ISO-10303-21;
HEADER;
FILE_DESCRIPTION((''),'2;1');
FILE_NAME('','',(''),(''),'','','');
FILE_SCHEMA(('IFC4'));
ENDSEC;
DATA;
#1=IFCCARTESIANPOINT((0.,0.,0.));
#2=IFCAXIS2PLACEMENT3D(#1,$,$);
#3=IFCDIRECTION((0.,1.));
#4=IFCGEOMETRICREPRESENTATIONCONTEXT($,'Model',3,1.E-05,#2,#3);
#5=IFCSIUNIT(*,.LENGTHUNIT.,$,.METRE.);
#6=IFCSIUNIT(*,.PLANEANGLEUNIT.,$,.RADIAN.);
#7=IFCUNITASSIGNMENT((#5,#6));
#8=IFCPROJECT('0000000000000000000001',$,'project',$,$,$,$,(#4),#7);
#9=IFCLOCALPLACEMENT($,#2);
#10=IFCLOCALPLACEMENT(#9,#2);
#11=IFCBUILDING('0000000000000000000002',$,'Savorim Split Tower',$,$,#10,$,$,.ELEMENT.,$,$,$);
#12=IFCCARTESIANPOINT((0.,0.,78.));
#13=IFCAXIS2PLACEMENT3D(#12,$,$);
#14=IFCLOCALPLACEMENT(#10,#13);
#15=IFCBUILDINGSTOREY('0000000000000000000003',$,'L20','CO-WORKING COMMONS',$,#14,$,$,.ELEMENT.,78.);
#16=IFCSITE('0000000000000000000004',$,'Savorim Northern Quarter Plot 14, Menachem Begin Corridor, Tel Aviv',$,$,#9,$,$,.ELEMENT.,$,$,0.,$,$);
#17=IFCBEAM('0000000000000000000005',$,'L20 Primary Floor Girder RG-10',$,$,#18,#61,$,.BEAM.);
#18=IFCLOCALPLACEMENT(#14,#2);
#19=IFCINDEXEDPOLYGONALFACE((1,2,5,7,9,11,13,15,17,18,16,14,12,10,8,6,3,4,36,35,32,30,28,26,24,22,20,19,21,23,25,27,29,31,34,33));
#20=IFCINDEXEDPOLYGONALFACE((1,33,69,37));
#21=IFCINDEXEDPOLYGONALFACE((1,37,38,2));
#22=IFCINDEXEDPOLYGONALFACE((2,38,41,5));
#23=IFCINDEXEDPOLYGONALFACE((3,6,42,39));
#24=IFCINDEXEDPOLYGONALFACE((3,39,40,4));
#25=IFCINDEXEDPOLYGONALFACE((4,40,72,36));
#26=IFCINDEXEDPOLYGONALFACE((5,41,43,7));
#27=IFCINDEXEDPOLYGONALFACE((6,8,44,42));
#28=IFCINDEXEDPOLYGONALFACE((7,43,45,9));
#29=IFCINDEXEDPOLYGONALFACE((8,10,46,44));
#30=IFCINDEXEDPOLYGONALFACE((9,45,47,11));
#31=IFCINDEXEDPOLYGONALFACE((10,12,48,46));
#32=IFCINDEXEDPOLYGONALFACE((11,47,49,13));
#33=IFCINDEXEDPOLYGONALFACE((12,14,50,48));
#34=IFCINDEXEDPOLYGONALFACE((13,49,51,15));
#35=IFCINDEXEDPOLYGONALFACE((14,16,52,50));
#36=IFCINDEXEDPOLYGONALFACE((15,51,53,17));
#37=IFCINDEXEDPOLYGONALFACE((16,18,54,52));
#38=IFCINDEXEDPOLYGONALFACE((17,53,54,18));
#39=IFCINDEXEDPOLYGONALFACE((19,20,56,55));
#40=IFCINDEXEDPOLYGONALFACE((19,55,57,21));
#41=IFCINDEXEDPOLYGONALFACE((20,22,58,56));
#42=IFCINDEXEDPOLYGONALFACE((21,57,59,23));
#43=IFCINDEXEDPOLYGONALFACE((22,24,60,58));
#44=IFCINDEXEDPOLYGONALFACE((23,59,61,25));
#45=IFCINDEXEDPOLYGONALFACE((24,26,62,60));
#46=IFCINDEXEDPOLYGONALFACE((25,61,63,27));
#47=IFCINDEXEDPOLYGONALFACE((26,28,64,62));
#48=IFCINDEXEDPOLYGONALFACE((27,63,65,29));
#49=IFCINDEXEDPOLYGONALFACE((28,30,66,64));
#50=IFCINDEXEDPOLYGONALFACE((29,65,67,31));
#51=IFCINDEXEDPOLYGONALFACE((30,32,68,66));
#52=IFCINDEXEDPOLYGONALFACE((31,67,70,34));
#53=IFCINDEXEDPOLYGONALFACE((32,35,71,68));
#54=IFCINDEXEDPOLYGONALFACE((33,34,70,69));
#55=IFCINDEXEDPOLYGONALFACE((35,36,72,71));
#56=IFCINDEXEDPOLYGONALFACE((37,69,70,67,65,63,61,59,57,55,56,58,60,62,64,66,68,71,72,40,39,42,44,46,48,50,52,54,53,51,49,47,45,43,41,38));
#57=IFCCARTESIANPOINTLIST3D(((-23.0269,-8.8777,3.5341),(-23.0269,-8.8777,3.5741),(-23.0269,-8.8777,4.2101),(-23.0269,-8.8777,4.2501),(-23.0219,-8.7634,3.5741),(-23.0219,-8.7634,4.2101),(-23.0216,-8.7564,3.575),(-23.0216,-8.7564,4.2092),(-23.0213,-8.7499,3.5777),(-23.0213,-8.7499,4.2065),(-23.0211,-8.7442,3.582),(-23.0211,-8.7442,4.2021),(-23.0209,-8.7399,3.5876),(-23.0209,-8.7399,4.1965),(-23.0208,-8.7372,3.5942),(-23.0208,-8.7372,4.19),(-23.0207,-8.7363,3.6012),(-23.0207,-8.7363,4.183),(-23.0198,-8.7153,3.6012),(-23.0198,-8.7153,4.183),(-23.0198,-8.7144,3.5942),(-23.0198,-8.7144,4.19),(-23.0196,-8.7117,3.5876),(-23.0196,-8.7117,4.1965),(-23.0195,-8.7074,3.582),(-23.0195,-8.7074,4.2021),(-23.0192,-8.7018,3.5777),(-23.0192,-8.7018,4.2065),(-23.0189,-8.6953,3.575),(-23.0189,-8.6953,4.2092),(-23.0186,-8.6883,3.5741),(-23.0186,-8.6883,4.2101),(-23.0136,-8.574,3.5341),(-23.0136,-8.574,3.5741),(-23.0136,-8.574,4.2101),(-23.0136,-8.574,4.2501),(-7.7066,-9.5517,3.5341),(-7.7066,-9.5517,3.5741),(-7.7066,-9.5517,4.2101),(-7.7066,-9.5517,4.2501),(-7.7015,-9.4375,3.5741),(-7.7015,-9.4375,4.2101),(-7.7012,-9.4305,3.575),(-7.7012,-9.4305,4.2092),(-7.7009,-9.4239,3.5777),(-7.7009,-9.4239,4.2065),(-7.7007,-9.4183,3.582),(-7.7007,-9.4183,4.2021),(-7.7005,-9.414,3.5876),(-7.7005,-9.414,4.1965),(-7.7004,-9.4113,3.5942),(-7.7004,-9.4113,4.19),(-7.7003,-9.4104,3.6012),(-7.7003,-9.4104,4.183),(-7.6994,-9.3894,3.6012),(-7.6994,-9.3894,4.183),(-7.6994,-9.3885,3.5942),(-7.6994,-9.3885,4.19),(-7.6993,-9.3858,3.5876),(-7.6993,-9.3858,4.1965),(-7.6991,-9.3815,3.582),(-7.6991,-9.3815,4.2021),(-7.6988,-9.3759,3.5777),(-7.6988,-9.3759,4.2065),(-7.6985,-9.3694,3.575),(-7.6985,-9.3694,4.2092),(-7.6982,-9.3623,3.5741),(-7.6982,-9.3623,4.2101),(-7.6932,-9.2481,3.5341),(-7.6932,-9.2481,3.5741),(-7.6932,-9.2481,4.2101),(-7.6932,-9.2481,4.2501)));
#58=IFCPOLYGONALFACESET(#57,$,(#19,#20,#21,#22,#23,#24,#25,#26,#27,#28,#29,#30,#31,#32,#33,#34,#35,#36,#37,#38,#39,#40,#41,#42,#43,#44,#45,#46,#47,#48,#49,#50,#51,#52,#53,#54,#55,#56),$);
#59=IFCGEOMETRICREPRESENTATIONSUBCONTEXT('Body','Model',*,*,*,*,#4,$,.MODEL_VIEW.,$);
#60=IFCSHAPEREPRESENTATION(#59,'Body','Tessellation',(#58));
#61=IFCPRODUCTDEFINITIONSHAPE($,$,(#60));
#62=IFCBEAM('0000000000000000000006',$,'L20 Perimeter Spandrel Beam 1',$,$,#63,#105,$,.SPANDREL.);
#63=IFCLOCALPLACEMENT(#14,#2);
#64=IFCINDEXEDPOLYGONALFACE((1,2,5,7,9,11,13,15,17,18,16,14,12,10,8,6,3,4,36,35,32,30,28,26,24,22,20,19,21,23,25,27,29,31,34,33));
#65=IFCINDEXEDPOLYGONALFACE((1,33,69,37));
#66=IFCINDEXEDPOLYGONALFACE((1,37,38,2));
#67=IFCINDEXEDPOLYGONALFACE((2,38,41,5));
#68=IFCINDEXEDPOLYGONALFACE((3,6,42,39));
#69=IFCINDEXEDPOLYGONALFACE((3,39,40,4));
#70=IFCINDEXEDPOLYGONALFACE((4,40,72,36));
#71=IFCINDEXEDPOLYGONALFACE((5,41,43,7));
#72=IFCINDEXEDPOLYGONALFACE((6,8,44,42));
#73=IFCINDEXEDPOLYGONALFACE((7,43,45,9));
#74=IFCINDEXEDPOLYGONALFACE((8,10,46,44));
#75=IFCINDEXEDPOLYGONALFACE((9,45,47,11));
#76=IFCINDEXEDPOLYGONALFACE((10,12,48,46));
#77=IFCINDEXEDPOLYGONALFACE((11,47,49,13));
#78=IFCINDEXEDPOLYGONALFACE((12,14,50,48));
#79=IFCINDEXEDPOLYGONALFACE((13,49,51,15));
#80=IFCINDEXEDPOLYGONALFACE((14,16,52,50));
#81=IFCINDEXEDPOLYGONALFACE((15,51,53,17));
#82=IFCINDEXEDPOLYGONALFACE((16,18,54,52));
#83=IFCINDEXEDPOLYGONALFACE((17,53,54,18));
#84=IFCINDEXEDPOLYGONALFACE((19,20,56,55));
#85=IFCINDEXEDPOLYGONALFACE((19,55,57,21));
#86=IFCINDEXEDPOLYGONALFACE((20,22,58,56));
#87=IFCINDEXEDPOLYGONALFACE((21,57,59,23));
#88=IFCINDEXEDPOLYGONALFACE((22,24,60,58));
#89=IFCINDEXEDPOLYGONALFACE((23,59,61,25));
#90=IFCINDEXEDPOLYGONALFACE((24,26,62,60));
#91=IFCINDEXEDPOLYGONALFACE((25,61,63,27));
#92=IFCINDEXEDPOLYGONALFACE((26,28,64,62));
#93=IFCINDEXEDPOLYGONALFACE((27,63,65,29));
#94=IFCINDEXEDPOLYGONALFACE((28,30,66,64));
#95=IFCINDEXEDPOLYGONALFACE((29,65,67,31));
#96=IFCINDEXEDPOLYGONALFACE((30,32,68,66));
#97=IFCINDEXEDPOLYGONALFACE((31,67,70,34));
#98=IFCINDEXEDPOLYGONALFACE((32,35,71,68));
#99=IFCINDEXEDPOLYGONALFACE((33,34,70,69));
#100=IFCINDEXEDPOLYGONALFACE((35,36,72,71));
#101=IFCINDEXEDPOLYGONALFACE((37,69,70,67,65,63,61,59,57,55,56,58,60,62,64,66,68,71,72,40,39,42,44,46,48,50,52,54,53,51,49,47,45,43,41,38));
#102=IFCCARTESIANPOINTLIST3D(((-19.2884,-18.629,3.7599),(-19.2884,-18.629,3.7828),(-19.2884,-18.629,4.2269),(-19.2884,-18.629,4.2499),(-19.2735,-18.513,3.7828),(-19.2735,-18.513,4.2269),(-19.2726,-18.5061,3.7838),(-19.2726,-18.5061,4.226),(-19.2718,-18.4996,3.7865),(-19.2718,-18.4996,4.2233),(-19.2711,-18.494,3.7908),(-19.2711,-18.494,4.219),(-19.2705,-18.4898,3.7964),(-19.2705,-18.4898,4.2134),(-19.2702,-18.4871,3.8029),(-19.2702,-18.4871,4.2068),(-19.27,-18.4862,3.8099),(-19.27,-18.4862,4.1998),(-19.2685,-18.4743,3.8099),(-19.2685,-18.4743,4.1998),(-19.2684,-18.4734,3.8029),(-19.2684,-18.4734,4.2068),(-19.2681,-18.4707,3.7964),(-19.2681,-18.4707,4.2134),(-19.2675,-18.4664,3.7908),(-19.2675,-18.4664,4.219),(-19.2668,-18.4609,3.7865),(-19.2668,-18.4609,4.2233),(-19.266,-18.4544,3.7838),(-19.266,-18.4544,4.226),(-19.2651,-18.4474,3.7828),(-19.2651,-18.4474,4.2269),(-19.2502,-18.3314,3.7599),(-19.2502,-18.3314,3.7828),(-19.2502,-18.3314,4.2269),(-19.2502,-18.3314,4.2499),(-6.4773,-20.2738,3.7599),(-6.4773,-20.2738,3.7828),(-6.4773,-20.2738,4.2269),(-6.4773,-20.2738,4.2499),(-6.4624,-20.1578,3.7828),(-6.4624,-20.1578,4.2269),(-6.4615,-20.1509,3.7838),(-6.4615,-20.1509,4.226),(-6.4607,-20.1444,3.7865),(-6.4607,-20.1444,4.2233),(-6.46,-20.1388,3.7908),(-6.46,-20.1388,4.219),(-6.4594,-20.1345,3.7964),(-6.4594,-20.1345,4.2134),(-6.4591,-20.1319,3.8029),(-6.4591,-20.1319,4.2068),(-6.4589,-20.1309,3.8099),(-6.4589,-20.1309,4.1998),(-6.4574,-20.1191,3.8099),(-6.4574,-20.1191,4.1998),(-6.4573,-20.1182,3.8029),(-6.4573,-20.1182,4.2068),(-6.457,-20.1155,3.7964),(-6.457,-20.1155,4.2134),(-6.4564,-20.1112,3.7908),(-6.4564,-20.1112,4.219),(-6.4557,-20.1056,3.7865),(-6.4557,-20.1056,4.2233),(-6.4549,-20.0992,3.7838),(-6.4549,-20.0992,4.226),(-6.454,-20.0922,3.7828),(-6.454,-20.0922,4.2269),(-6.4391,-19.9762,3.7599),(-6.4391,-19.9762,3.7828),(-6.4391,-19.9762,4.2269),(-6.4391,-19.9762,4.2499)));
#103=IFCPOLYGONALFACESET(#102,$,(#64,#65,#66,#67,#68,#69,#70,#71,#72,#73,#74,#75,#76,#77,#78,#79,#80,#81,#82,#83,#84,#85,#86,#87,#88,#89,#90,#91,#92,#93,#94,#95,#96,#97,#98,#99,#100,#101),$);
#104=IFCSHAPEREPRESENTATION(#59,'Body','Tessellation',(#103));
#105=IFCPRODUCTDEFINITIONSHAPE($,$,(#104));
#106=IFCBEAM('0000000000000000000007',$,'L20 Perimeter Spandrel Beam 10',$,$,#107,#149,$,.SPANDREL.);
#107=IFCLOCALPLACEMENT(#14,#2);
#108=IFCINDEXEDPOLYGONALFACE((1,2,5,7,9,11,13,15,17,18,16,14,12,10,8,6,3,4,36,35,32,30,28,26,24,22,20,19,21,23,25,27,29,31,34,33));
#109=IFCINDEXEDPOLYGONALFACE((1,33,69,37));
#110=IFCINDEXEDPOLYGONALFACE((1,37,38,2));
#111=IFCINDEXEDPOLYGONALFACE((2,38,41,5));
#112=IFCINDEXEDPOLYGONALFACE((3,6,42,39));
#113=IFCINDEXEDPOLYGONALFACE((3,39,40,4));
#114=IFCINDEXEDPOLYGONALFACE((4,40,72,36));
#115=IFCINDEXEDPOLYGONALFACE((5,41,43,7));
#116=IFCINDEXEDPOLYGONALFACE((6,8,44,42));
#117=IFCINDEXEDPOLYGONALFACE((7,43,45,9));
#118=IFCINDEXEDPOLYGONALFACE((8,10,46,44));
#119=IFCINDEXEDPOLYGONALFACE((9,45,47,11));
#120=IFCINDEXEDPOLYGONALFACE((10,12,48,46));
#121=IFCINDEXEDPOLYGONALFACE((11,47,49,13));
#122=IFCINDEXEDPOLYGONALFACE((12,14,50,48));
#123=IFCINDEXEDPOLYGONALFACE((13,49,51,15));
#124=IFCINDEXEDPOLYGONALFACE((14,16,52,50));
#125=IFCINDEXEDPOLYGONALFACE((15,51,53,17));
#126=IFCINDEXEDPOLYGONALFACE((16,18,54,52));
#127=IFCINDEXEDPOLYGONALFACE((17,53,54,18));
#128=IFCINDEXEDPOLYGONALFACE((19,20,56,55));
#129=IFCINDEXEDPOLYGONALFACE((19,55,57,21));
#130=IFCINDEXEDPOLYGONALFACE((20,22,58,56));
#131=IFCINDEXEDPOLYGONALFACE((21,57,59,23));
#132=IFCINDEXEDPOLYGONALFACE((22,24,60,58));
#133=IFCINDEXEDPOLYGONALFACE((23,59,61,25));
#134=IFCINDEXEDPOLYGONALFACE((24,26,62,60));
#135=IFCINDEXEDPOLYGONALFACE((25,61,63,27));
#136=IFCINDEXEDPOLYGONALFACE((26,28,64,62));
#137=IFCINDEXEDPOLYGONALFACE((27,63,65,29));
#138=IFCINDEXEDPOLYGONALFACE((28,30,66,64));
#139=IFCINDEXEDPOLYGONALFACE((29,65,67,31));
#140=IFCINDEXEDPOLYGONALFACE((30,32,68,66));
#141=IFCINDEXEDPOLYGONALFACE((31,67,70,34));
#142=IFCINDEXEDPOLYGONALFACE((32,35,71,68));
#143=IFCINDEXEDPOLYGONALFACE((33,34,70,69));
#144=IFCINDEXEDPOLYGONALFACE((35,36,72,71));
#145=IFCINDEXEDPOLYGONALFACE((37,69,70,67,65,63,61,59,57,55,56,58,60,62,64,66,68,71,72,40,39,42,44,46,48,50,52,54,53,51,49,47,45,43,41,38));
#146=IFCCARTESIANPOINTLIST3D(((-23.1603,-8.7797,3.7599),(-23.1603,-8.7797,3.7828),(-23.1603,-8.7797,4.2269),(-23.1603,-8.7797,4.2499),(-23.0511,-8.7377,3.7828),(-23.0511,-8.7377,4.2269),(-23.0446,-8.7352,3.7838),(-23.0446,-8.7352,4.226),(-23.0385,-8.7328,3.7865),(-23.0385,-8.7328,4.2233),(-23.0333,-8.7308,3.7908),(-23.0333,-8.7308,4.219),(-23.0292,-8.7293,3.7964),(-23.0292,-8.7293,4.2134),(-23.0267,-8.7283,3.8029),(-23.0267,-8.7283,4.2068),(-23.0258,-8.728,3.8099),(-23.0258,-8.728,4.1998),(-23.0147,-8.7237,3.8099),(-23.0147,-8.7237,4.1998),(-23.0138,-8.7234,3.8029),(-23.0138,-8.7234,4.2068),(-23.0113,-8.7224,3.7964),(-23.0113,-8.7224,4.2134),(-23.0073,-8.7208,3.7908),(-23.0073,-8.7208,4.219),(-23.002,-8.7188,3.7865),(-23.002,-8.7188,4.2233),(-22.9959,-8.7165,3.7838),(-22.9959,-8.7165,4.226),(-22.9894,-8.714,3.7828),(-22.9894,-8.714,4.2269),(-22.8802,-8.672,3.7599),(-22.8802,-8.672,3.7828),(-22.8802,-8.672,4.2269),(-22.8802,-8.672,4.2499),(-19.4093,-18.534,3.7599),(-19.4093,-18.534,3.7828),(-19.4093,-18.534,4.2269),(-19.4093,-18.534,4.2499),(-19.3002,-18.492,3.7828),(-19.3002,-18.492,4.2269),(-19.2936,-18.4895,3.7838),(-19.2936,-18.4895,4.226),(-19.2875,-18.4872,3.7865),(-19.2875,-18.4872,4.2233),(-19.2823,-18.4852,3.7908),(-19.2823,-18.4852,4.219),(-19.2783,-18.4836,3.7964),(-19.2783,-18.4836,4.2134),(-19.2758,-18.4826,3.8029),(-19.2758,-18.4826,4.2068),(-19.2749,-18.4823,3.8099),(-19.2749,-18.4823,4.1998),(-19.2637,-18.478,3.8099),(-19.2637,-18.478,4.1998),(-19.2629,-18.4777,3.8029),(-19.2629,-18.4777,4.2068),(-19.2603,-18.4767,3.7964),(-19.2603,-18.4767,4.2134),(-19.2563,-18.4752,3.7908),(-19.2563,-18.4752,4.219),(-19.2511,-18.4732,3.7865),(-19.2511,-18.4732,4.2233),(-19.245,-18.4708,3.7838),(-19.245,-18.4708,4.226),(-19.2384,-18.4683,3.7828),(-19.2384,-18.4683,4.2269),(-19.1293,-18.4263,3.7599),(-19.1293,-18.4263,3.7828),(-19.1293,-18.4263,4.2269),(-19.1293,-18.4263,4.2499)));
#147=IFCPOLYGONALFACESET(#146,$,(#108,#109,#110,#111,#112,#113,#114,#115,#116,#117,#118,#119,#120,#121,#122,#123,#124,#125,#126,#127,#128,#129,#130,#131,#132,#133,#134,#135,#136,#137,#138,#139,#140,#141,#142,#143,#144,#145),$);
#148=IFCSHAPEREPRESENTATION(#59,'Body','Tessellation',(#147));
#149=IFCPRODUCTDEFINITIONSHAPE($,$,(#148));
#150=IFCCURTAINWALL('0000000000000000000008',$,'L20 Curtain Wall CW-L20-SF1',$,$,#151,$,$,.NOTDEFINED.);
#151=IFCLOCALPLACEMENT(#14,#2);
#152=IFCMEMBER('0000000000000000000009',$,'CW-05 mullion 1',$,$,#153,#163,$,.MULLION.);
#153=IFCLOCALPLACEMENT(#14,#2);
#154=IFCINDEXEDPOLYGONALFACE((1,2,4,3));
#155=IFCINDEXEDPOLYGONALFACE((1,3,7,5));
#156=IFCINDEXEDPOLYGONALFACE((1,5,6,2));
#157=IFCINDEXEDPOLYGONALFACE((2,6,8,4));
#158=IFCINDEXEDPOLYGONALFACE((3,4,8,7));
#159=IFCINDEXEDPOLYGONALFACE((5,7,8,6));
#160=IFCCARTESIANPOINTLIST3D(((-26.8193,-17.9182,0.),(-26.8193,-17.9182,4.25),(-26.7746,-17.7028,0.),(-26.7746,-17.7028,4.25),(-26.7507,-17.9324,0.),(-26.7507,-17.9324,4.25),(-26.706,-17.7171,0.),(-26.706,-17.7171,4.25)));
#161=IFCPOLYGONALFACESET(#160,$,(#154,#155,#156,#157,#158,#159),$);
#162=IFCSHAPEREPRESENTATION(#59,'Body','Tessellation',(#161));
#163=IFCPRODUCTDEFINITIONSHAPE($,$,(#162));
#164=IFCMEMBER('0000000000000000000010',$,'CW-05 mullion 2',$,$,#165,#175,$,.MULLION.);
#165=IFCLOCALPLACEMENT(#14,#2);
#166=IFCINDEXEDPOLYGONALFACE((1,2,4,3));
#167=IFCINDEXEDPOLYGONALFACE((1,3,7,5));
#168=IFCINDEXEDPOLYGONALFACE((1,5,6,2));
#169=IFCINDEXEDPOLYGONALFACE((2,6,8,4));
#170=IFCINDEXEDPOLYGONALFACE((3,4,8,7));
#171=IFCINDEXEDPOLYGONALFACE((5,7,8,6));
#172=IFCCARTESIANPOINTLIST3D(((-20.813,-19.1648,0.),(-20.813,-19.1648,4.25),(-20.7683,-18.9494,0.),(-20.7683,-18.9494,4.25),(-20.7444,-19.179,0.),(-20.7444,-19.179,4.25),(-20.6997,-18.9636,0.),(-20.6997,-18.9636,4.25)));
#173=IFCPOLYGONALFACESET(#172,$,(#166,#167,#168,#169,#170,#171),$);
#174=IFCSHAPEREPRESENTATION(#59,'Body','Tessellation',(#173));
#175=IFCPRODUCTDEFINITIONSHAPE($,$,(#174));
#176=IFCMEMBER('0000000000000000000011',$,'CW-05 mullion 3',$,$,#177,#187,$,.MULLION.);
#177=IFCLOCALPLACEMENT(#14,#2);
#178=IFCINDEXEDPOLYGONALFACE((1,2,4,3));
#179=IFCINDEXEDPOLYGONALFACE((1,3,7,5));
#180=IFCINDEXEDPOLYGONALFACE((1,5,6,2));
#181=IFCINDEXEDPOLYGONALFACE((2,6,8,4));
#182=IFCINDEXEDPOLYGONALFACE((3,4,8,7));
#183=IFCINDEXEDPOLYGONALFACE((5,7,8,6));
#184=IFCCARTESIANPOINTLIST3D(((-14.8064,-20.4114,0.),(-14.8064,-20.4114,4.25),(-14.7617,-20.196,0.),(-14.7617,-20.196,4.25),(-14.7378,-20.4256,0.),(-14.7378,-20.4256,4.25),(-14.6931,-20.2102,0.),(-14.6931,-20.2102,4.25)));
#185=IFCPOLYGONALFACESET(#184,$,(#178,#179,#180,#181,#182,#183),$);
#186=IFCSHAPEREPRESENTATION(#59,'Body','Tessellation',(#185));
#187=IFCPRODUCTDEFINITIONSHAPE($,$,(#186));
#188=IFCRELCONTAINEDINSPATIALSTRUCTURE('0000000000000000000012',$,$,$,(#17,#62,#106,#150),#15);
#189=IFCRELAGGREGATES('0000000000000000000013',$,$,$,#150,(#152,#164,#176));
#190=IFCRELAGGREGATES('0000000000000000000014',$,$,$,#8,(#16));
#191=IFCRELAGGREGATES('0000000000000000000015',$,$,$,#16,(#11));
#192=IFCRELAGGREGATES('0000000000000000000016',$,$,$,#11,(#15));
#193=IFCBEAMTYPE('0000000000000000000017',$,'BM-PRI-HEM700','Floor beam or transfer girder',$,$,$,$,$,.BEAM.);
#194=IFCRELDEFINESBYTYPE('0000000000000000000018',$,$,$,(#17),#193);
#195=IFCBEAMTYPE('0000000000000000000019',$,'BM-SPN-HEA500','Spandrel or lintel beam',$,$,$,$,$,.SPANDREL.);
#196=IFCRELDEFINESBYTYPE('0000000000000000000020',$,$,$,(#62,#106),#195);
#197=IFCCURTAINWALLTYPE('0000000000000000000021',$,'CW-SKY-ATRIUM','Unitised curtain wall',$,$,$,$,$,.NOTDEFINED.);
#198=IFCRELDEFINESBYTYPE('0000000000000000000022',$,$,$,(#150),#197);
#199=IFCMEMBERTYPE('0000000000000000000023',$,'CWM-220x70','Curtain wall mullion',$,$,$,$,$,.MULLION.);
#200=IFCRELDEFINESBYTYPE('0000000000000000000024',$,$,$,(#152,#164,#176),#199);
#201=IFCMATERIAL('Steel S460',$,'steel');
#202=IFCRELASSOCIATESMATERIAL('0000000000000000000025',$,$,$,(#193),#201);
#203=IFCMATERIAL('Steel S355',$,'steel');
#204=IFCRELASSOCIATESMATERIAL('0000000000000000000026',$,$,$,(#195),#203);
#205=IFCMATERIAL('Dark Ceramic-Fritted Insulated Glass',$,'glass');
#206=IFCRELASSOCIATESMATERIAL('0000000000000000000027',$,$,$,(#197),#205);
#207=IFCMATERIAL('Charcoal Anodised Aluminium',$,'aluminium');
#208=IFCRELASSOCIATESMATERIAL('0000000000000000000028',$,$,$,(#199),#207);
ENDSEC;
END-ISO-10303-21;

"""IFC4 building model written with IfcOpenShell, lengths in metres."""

from ifc_helpers import new_model, si_unit, direction, frame, origin, origin_2d, place, context, subcontext, project, spatial, rectangle, i_section, extrude, material, material_profile, profile_set, type_object, element, aggregate, save


model = new_model("IFC4")

# Units and contexts
model_context = context("Model", 3, precision=1e-05, world=origin(), true_north=direction((0.0, 1.0)))
body_context = subcontext(model_context, "Body", "Model", "MODEL_VIEW")
ifc_project = project(units=[si_unit("LENGTHUNIT", "METRE"), si_unit("PLANEANGLEUNIT", "RADIAN")], contexts=[model_context])

# Site, building, storey
site_placement = place(None, origin())
site = spatial("IfcSite", under=ifc_project, at=site_placement, Name="Savorim Northern Quarter Plot 14, Menachem Begin Corridor, Tel Aviv", CompositionType="ELEMENT", RefElevation=0.0)
building_placement = place(site_placement, origin())
building = spatial("IfcBuilding", under=site, at=building_placement, Name="Savorim Split Tower", CompositionType="ELEMENT")
storey_placement = place(building_placement, frame((0.0, 0.0, 78.0)))
storey = spatial("IfcBuildingStorey", under=building, at=storey_placement, Name="L20", Description="CO-WORKING COMMONS", CompositionType="ELEMENT", Elevation=78.0)

# Shared definitions
ifc_material_1 = material(Name="Steel S460", Category="steel")

# Beams
ifc_material_2 = material(Name="Steel S355", Category="steel")
ifc_material_profile_1 = material_profile(ifc_material_1, i_section(OverallWidth=0.304, OverallDepth=0.7161, WebThickness=0.021, FlangeThickness=0.04, FilletRadius=0.0271, at=origin_2d()), Name="HE 700 M")
ifc_profile_set_1 = profile_set([ifc_material_profile_1], Name="Steel S460")
beam_type_1 = type_object("IfcBeamType", Name="BM-PRI-HEM700", Description="Floor beam or transfer girder", PredefinedType="BEAM", material=ifc_profile_set_1)
beam_1_placement = place(storey_placement, frame((-23.0203, -8.7258, 3.8921), z_axis=(0.999033, -0.043956, 0.0), x_axis=(0.043956, 0.999033, 0.0)))
element("IfcBeam", 1, at=beam_1_placement, inside=storey, type_object=beam_type_1, Name="L20 Primary Floor Girder RG-10", PredefinedType="BEAM", context=body_context, shape_type="SweptSolid", body=[
    extrude(i_section(OverallWidth=0.304, OverallDepth=0.7161, WebThickness=0.021, FlangeThickness=0.04, FilletRadius=0.0271, at=origin_2d()), origin(), (0.0, 0.0, 1.0), 15.3352),
])
ifc_material_profile_2 = material_profile(ifc_material_2, i_section(OverallWidth=0.3, OverallDepth=0.49, WebThickness=0.012, FlangeThickness=0.0229, FilletRadius=0.0271, at=origin_2d()), Name="HEA 500")
ifc_profile_set_2 = profile_set([ifc_material_profile_2], Name="Steel S355")
beam_type_2 = type_object("IfcBeamType", Name="BM-SPN-HEA500", Description="Spandrel or lintel beam", PredefinedType="SPANDREL", material=ifc_profile_set_2)
beam_2_placement = place(storey_placement, frame((-19.2693, -18.4802, 4.0049), z_axis=(0.991859, -0.127342, 0.0), x_axis=(0.127342, 0.991859, 0.0)))
element("IfcBeam", 2, at=beam_2_placement, inside=storey, type_object=beam_type_2, Name="L20 Perimeter Spandrel Beam 1", PredefinedType="SPANDREL", context=body_context, shape_type="SweptSolid", body=[
    extrude(i_section(OverallWidth=0.3, OverallDepth=0.49, WebThickness=0.012, FlangeThickness=0.0229, FilletRadius=0.0271, at=origin_2d()), origin(), (0.0, 0.0, 1.0), 12.9163),
])
beam_3_placement = place(storey_placement, frame((-23.0203, -8.7258, 4.0049), z_axis=(0.35892, -0.933368, 0.0), x_axis=(0.933368, 0.35892, 0.0)))
element("IfcBeam", 3, at=beam_3_placement, inside=storey, type_object=beam_type_2, Name="L20 Perimeter Spandrel Beam 10", PredefinedType="SPANDREL", context=body_context, shape_type="SweptSolid", body=[
    extrude(i_section(OverallWidth=0.3, OverallDepth=0.49, WebThickness=0.012, FlangeThickness=0.0229, FilletRadius=0.0271, at=origin_2d()), origin(), (0.0, 0.0, 1.0), 10.4507),
])

# Curtain wall, members
ifc_material_3 = material(Name="Dark Ceramic-Fritted Insulated Glass", Category="glass")
curtain_wall_type = type_object("IfcCurtainWallType", Name="CW-SKY-ATRIUM", Description="Unitised curtain wall", PredefinedType="NOTDEFINED", material=ifc_material_3)
curtain_wall_1_placement = place(storey_placement, origin())
curtain_wall_1 = element("IfcCurtainWall", 4, at=curtain_wall_1_placement, inside=storey, type_object=curtain_wall_type, Name="L20 Curtain Wall CW-L20-SF1", PredefinedType="NOTDEFINED")
ifc_material_4 = material(Name="Charcoal Anodised Aluminium", Category="aluminium")
ifc_material_profile_3 = material_profile(ifc_material_4, rectangle(XDim=0.22, YDim=0.0701, at=origin_2d()), Name="ALU-M 220x70")
ifc_profile_set_3 = profile_set([ifc_material_profile_3], Name="Charcoal Anodised Aluminium")
member_type_1 = type_object("IfcMemberType", Name="CWM-220x70", Description="Curtain wall mullion", PredefinedType="MULLION", material=ifc_profile_set_3)
member_1_placement = place(storey_placement, frame((-26.7627, -17.8176, 0.0), z_axis=(0.0, 0.0, 1.0), x_axis=(0.20321, 0.979135, 0.0)))
member_1 = element("IfcMember", 5, at=member_1_placement, type_object=member_type_1, Name="CW-05 mullion 1", PredefinedType="MULLION", context=body_context, shape_type="SweptSolid", body=[
    extrude(rectangle(XDim=0.22, YDim=0.0701, at=origin_2d()), origin(), (0.0, 0.0, 1.0), 4.25),
])
member_2_placement = place(storey_placement, frame((-20.7563, -19.0642, 0.0), z_axis=(0.0, 0.0, 1.0), x_axis=(0.20321, 0.979135, 0.0)))
member_2 = element("IfcMember", 6, at=member_2_placement, type_object=member_type_1, Name="CW-05 mullion 2", PredefinedType="MULLION", context=body_context, shape_type="SweptSolid", body=[
    extrude(rectangle(XDim=0.22, YDim=0.0701, at=origin_2d()), origin(), (0.0, 0.0, 1.0), 4.25),
])
member_3_placement = place(storey_placement, frame((-14.7498, -20.3108, 0.0), z_axis=(0.0, 0.0, 1.0), x_axis=(0.20321, 0.979135, 0.0)))
member_3 = element("IfcMember", 7, at=member_3_placement, type_object=member_type_1, Name="CW-05 mullion 3", PredefinedType="MULLION", context=body_context, shape_type="SweptSolid", body=[
    extrude(rectangle(XDim=0.22, YDim=0.0701, at=origin_2d()), origin(), (0.0, 0.0, 1.0), 4.25),
])

aggregate(curtain_wall_1, [member_1, member_2, member_3])

save(model, "model.ifc")
